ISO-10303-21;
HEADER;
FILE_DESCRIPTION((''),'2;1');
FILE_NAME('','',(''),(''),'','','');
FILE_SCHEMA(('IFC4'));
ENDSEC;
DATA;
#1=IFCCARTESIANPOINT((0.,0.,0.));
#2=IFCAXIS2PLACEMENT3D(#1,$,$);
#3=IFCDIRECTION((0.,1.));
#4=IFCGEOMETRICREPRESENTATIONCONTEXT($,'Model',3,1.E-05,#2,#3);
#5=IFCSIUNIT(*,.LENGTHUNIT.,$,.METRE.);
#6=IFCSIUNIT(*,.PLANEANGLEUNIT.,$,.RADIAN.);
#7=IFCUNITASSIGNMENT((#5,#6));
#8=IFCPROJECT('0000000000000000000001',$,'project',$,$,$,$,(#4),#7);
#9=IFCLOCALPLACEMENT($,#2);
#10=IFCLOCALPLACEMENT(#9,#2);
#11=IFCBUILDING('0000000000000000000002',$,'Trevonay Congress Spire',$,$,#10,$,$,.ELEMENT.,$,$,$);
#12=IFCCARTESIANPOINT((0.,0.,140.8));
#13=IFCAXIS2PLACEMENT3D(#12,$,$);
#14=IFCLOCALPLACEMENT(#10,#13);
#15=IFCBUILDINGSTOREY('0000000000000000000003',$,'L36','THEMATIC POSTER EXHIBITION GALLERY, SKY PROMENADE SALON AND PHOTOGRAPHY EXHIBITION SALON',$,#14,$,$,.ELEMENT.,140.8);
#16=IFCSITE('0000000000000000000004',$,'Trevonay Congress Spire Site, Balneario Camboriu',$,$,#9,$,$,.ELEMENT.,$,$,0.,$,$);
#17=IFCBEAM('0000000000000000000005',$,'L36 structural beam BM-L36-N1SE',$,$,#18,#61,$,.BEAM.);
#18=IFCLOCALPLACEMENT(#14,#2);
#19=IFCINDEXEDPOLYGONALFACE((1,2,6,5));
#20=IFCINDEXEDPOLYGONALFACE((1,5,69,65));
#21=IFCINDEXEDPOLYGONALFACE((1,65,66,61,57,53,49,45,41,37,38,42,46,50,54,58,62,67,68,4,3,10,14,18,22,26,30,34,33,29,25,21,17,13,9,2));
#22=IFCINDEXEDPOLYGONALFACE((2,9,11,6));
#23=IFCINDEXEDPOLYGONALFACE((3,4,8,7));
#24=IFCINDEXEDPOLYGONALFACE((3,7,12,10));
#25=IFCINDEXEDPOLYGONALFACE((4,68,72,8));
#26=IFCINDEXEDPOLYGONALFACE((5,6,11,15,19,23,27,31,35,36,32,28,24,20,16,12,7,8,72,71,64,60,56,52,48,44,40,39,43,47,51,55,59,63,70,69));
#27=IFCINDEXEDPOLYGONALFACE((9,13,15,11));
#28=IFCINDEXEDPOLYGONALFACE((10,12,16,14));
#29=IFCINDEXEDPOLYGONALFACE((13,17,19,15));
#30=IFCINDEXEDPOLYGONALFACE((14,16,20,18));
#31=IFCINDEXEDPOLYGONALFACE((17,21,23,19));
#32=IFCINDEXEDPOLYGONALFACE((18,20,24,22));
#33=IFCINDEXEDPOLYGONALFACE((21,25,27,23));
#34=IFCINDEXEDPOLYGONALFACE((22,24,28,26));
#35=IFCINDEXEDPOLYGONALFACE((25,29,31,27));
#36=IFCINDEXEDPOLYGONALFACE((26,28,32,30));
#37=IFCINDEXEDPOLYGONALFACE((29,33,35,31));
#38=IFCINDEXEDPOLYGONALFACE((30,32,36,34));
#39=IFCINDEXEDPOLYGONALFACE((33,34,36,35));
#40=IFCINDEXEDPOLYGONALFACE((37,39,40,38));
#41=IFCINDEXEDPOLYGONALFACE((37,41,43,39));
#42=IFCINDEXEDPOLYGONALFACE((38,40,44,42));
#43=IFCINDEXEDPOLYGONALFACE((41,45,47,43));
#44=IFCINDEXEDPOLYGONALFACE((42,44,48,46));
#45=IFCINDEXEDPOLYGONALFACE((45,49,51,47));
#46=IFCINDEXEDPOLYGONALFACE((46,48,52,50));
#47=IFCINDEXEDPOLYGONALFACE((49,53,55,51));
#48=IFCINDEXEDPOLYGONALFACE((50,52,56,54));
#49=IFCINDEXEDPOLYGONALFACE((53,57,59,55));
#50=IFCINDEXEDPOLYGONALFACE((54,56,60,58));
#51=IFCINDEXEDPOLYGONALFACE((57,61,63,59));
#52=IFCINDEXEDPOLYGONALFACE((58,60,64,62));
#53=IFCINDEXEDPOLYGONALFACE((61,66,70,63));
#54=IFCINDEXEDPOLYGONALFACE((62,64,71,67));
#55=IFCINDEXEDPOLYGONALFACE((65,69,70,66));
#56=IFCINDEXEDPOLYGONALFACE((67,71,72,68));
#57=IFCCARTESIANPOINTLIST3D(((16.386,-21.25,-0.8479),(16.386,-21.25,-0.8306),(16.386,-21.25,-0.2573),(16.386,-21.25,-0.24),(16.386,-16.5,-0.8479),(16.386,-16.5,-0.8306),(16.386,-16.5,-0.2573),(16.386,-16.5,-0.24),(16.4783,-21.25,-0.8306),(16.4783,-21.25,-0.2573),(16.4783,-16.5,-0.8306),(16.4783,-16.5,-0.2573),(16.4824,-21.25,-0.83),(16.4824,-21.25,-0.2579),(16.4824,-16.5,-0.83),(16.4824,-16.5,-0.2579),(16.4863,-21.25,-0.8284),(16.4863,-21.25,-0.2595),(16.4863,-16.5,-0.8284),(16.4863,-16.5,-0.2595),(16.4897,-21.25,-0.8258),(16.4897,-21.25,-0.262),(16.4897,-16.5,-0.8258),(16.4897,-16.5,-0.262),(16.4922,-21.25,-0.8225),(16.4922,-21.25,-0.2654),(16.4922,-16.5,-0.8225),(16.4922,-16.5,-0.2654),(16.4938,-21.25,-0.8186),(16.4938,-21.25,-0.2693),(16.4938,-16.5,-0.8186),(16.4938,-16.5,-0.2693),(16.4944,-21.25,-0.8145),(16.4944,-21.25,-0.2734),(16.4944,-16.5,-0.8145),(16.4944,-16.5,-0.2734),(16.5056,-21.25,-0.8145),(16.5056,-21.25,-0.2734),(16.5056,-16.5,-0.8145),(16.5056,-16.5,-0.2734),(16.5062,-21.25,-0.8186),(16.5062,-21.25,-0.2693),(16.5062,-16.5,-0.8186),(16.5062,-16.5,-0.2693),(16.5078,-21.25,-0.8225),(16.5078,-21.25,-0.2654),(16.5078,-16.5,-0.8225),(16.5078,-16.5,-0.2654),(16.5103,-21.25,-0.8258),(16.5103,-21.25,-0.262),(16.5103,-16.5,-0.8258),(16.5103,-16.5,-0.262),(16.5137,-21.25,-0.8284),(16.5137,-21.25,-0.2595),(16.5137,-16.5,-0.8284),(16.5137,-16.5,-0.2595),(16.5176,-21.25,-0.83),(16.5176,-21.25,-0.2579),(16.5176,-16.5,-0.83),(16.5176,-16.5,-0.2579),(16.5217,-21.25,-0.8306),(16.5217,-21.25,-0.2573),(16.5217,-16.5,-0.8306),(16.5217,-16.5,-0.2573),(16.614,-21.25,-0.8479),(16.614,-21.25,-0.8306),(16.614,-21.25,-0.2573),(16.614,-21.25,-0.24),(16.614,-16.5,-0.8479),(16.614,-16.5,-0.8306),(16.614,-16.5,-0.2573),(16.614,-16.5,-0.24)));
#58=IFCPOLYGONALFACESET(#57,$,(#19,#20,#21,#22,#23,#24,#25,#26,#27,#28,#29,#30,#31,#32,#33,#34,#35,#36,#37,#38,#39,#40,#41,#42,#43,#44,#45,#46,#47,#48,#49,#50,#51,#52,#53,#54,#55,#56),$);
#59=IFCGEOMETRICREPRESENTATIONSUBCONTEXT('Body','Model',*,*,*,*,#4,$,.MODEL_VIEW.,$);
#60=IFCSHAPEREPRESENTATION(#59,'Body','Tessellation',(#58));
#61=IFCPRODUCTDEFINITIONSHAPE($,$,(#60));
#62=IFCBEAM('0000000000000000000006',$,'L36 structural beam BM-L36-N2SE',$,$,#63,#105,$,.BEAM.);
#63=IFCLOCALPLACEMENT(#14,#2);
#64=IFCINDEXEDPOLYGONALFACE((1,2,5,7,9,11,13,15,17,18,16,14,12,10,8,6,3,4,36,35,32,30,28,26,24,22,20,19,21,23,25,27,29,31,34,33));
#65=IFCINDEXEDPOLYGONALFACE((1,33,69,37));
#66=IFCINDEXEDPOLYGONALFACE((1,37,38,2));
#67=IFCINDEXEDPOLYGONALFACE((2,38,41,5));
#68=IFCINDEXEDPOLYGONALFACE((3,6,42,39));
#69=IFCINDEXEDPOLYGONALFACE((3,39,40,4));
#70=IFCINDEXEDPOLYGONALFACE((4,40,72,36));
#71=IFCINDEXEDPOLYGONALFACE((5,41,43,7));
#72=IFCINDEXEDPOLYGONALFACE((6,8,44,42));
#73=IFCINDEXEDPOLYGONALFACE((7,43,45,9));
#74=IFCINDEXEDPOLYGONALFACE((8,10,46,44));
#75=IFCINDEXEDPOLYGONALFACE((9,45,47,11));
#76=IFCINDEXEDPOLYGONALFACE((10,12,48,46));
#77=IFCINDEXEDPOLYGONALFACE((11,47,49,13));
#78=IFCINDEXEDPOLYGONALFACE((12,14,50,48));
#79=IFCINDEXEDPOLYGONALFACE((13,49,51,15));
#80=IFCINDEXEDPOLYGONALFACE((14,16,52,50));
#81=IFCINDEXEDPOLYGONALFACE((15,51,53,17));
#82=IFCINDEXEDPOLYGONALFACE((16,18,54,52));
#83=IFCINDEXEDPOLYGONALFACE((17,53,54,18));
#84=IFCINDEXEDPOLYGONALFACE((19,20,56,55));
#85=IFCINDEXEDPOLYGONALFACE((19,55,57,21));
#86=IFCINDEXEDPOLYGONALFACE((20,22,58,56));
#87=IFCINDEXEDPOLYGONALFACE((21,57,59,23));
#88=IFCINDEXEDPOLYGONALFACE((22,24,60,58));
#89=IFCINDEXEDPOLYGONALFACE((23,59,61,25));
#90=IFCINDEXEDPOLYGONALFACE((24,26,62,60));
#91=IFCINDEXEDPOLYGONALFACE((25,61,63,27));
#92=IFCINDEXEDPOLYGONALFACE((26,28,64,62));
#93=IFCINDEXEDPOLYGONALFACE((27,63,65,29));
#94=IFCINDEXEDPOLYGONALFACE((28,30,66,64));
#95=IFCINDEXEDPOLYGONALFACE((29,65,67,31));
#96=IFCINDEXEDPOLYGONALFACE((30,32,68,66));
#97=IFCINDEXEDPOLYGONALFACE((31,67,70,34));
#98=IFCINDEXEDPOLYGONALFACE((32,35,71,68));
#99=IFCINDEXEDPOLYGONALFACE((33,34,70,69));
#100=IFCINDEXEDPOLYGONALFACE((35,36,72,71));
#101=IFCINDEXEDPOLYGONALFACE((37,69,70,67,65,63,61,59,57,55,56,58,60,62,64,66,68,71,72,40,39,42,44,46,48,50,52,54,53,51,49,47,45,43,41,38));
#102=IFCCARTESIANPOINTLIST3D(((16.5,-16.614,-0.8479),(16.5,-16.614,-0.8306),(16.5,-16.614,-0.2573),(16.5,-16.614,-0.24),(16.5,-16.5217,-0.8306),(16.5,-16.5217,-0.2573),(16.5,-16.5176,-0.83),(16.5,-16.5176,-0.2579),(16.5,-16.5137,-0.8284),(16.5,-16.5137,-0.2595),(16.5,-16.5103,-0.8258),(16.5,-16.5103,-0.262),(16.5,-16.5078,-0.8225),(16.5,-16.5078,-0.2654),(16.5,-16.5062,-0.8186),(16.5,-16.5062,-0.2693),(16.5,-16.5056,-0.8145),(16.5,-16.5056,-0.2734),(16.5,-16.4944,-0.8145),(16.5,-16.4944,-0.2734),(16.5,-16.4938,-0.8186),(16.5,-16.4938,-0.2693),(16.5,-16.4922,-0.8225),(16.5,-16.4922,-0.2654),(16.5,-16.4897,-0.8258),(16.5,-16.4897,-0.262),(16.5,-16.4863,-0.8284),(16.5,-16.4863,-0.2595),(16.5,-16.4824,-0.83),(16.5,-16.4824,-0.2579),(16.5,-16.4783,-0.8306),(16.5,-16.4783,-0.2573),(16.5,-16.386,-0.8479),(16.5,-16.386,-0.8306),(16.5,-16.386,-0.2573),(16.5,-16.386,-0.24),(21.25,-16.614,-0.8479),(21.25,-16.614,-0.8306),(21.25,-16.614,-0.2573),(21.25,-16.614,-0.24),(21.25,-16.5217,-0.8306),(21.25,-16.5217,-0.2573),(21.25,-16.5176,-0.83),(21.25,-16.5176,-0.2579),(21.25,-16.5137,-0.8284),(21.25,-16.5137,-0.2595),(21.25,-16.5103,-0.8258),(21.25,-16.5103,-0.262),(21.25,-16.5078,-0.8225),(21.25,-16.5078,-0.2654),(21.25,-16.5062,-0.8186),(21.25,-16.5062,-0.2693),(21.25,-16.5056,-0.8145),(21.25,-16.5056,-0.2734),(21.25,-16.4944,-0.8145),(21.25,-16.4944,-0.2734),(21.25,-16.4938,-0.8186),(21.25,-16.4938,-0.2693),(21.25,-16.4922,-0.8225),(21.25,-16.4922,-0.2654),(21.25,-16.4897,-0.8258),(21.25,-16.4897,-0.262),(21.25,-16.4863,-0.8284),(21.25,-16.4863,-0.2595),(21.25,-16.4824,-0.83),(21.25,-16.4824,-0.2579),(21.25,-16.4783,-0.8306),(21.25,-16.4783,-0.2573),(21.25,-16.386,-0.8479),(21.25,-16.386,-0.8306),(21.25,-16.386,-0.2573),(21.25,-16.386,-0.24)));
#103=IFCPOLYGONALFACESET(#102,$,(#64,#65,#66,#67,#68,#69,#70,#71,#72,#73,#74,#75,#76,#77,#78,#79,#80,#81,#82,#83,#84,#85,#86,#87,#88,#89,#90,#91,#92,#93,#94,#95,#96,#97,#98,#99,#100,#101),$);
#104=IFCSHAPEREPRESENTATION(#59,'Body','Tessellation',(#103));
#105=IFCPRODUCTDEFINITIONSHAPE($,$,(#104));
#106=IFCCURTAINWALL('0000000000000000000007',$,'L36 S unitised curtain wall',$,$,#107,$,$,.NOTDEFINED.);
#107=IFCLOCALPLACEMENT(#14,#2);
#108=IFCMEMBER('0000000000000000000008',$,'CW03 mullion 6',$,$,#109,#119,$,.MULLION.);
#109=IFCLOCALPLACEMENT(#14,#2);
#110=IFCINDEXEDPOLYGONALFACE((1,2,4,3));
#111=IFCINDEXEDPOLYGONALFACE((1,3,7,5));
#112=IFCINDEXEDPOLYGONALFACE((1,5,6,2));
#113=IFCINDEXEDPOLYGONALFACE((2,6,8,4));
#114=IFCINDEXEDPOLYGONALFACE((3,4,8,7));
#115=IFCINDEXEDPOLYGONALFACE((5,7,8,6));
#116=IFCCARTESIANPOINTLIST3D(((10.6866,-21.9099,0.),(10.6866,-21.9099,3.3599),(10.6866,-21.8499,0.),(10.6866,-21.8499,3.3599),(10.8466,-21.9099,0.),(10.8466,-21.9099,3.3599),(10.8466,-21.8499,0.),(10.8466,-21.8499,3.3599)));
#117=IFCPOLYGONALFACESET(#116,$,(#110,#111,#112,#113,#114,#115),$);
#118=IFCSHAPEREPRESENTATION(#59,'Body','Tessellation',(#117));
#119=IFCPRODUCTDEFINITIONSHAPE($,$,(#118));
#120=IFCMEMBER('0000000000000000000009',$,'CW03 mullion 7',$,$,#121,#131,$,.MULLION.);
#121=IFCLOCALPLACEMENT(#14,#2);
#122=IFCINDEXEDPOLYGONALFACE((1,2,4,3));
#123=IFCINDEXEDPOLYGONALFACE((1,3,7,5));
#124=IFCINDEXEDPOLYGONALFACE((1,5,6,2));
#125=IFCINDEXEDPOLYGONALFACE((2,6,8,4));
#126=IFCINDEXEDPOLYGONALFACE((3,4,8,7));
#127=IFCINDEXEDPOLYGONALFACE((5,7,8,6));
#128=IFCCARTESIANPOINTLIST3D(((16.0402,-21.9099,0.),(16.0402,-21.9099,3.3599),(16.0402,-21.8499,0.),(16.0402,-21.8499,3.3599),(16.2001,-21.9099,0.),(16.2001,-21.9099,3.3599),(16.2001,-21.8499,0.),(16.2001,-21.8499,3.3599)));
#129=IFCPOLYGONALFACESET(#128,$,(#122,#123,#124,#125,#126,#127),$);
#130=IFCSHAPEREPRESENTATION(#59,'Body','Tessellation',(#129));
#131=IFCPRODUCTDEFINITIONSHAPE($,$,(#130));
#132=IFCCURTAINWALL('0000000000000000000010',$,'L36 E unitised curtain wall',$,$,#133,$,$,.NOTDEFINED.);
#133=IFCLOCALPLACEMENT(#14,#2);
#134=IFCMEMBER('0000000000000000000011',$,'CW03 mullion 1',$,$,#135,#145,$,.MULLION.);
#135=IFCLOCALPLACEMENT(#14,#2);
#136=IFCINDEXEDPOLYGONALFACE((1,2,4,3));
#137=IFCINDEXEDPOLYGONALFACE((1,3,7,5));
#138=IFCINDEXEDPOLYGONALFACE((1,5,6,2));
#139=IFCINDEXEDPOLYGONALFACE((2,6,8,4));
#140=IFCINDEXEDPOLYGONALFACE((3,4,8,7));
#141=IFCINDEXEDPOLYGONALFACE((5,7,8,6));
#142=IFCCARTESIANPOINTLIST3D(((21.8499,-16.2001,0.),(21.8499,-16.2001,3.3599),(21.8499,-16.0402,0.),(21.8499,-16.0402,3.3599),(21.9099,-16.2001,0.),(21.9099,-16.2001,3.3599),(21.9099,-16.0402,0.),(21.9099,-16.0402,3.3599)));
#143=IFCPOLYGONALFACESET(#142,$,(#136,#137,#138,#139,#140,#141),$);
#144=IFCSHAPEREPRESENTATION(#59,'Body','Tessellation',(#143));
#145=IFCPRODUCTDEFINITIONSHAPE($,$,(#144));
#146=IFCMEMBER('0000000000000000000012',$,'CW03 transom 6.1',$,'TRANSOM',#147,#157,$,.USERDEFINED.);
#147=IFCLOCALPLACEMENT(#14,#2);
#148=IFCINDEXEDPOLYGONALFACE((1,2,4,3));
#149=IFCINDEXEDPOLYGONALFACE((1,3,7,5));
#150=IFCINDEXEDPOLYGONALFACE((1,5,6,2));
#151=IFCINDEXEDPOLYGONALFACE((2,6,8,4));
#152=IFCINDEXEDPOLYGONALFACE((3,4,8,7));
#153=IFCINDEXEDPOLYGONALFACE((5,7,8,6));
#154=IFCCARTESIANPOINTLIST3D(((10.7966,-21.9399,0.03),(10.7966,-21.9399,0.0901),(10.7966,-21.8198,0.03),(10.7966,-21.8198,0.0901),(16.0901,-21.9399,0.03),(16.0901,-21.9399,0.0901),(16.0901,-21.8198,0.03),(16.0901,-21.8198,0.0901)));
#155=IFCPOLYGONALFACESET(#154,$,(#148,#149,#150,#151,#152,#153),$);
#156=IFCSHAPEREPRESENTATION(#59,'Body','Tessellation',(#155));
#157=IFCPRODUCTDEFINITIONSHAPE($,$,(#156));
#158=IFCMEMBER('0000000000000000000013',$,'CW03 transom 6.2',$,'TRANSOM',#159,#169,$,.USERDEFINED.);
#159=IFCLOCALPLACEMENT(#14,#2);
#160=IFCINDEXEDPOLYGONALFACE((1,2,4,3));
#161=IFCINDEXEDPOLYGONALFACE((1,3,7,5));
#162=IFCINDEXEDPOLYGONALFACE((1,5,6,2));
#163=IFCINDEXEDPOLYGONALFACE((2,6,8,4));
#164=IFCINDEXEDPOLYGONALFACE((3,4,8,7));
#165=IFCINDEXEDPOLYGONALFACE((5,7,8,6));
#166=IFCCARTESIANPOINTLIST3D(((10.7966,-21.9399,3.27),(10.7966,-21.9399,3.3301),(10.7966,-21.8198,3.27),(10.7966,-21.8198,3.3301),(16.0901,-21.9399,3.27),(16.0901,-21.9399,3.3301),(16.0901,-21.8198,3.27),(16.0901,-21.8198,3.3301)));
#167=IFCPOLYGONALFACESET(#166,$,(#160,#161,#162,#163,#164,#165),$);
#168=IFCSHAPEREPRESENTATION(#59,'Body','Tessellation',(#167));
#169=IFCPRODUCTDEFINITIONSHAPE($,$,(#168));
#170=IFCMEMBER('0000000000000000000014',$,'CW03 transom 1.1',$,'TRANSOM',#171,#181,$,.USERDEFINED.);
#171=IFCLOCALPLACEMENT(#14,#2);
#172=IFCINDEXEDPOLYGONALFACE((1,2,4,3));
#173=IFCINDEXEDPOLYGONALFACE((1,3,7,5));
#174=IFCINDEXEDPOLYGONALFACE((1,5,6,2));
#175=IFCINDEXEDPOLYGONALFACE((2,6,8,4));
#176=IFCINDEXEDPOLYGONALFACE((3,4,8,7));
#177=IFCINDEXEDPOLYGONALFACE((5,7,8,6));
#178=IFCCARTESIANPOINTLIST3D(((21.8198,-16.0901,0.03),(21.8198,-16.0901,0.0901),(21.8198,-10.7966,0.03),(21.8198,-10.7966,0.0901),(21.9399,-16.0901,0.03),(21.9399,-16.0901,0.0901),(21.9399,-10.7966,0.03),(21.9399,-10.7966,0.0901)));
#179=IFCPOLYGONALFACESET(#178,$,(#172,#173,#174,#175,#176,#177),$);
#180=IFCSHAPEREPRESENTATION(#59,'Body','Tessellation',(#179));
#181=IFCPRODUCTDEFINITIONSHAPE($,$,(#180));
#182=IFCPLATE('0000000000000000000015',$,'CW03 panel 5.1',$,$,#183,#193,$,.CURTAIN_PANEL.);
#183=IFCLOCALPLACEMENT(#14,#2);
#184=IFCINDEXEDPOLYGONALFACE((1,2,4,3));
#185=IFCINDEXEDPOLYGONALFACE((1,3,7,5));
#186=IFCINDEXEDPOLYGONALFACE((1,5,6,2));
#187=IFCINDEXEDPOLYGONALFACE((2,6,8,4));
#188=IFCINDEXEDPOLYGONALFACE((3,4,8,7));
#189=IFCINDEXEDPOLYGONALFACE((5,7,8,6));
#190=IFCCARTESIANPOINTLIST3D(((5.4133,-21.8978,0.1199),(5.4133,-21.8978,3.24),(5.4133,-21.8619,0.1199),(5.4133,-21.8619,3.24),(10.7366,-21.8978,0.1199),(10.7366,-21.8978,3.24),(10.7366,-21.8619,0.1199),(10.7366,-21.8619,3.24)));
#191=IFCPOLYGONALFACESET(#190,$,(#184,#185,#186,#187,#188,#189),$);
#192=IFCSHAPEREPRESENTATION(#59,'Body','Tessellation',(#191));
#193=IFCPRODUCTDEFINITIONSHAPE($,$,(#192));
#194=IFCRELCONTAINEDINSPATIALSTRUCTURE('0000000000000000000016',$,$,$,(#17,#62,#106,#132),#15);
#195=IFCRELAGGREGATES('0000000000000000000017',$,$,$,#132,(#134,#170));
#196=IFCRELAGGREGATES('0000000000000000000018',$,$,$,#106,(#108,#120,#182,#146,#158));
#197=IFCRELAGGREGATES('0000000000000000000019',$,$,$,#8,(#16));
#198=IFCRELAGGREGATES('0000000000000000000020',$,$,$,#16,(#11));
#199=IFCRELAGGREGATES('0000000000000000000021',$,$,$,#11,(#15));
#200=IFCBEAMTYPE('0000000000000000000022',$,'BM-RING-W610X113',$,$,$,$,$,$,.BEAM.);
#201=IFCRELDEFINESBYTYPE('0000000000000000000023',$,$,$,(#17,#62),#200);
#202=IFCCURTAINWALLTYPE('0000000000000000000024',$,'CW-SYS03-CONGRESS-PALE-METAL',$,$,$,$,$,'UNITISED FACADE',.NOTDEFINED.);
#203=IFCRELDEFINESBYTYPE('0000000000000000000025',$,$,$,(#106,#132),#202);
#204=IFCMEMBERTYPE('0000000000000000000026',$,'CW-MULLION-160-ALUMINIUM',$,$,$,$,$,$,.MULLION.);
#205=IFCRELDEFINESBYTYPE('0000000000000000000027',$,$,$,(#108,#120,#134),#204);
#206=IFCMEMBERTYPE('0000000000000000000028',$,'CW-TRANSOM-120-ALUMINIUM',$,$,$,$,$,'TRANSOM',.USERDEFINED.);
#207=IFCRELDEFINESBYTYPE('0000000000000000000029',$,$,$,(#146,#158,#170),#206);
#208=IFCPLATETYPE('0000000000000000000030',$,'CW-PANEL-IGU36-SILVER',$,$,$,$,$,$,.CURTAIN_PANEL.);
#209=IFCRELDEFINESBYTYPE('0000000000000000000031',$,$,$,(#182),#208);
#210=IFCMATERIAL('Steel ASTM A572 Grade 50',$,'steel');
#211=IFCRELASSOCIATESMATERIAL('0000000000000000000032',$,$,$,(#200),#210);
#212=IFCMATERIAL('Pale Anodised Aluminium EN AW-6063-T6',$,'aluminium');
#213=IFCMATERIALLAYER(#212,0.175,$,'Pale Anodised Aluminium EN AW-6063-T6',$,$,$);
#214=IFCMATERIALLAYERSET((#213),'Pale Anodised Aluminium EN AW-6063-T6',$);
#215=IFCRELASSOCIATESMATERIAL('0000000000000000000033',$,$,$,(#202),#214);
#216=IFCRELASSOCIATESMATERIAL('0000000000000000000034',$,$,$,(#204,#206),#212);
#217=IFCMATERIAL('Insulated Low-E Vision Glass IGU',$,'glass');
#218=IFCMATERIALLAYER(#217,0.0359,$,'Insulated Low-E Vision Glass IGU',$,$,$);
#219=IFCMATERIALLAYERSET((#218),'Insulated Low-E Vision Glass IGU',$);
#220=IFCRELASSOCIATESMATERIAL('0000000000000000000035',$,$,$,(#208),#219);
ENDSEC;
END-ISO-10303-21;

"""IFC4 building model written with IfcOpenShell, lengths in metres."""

from ifc_helpers import new_model, si_unit, direction, frame, origin, origin_2d, place, context, subcontext, project, spatial, rectangle, i_section, extrude, material, layer, layer_set, material_profile, profile_set, type_object, element, aggregate, save


model = new_model("IFC4")

# Units and contexts
model_context = context("Model", 3, precision=1e-05, world=origin(), true_north=direction((0.0, 1.0)))
body_context = subcontext(model_context, "Body", "Model", "MODEL_VIEW")
ifc_project = project(units=[si_unit("LENGTHUNIT", "METRE"), si_unit("PLANEANGLEUNIT", "RADIAN")], contexts=[model_context])

# Site, building, storey
site_placement = place(None, origin())
site = spatial("IfcSite", under=ifc_project, at=site_placement, Name="Trevonay Congress Spire Site, Balneario Camboriu", CompositionType="ELEMENT", RefElevation=0.0)
building_placement = place(site_placement, origin())
building = spatial("IfcBuilding", under=site, at=building_placement, Name="Trevonay Congress Spire", CompositionType="ELEMENT")
storey_placement = place(building_placement, frame((0.0, 0.0, 140.8)))
storey = spatial("IfcBuildingStorey", under=building, at=storey_placement, Name="L36", Description="THEMATIC POSTER EXHIBITION GALLERY, SKY PROMENADE SALON AND PHOTOGRAPHY EXHIBITION SALON", CompositionType="ELEMENT", Elevation=140.8)

# Shared definitions
ifc_material_1 = material(Name="Steel ASTM A572 Grade 50", Category="steel")

# Beams
ifc_material_profile_1 = material_profile(ifc_material_1, i_section(OverallWidth=0.228, OverallDepth=0.6079, WebThickness=0.0112, FlangeThickness=0.0173, FilletRadius=0.0161, at=origin_2d()), Name="W610x113")
ifc_profile_set_1 = profile_set([ifc_material_profile_1], Name="Steel ASTM A572 Grade 50")
beam_type = type_object("IfcBeamType", Name="BM-RING-W610X113", PredefinedType="BEAM", material=ifc_profile_set_1)
for number, where, z_axis, x_axis, name in (
    (1, (16.5, -21.25, -0.5439), (0.0, 1.0, 0.0), (-1.0, 0.0, 0.0), "L36 structural beam BM-L36-N1SE"),
    (2, (21.25, -16.5, -0.5439), (-1.0, 0.0, 0.0), (0.0, -1.0, 0.0), "L36 structural beam BM-L36-N2SE"),
):
    element("IfcBeam", number, at=place(storey_placement, frame(where, z_axis=z_axis, x_axis=x_axis)), inside=storey, type_object=beam_type, Name=name, PredefinedType="BEAM", context=body_context, shape_type="SweptSolid", body=[
        extrude(i_section(OverallWidth=0.228, OverallDepth=0.6079, WebThickness=0.0112, FlangeThickness=0.0173, FilletRadius=0.0161, at=origin_2d()), origin(), (0.0, 0.0, 1.0), 4.75),
    ])

# Curtain wall, members
ifc_material_2 = material(Name="Pale Anodised Aluminium EN AW-6063-T6", Category="aluminium")
ifc_layer_1 = layer(ifc_material_2, 0.175, Name="Pale Anodised Aluminium EN AW-6063-T6")
ifc_layer_set_1 = layer_set([ifc_layer_1], Name="Pale Anodised Aluminium EN AW-6063-T6")
curtain_wall_type = type_object("IfcCurtainWallType", Name="CW-SYS03-CONGRESS-PALE-METAL", ElementType="UNITISED FACADE", PredefinedType="NOTDEFINED", material=ifc_layer_set_1)
curtain_wall_1_placement = place(storey_placement, origin())
curtain_wall_1 = element("IfcCurtainWall", 3, at=curtain_wall_1_placement, inside=storey, type_object=curtain_wall_type, Name="L36 S unitised curtain wall", PredefinedType="NOTDEFINED")
ifc_material_profile_2 = material_profile(ifc_material_2, rectangle(XDim=0.0601, YDim=0.1599, at=origin_2d()), Name="CW-MULLION-160-ALUMINIUM")
ifc_profile_set_2 = profile_set([ifc_material_profile_2], Name="Pale Anodised Aluminium EN AW-6063-T6")
member_type_1 = type_object("IfcMemberType", Name="CW-MULLION-160-ALUMINIUM", PredefinedType="MULLION", material=ifc_profile_set_2)
member_1_placement = place(storey_placement, frame((10.7666, -21.8799, 0.0), z_axis=(0.0, 0.0, 1.0), x_axis=(0.0, 1.0, 0.0)))
member_1 = element("IfcMember", 4, at=member_1_placement, type_object=member_type_1, Name="CW03 mullion 6", PredefinedType="MULLION", context=body_context, shape_type="SweptSolid", body=[
    extrude(rectangle(XDim=0.0601, YDim=0.1599, at=origin_2d()), origin(), (0.0, 0.0, 1.0), 3.3599),
])
member_2_placement = place(storey_placement, frame((16.1201, -21.8799, 0.0), z_axis=(0.0, 0.0, 1.0), x_axis=(0.0, 1.0, 0.0)))
member_2 = element("IfcMember", 5, at=member_2_placement, type_object=member_type_1, Name="CW03 mullion 7", PredefinedType="MULLION", context=body_context, shape_type="SweptSolid", body=[
    extrude(rectangle(XDim=0.0601, YDim=0.1599, at=origin_2d()), origin(), (0.0, 0.0, 1.0), 3.3599),
])

# Curtain wall, member
curtain_wall_2_placement = place(storey_placement, origin())
curtain_wall_2 = element("IfcCurtainWall", 6, at=curtain_wall_2_placement, inside=storey, type_object=curtain_wall_type, Name="L36 E unitised curtain wall", PredefinedType="NOTDEFINED")
member_3_placement = place(storey_placement, frame((21.8799, -16.1201, 0.0), z_axis=(0.0, 0.0, 1.0), x_axis=(-1.0, 0.0, 0.0)))
member_3 = element("IfcMember", 7, at=member_3_placement, type_object=member_type_1, Name="CW03 mullion 1", PredefinedType="MULLION", context=body_context, shape_type="SweptSolid", body=[
    extrude(rectangle(XDim=0.0601, YDim=0.1599, at=origin_2d()), origin(), (0.0, 0.0, 1.0), 3.3599),
])

# Members
ifc_material_profile_3 = material_profile(ifc_material_2, rectangle(XDim=0.1201, YDim=0.0601, at=origin_2d()), Name="CW-TRANSOM-120-ALUMINIUM")
ifc_profile_set_3 = profile_set([ifc_material_profile_3], Name="Pale Anodised Aluminium EN AW-6063-T6")
member_type_2 = type_object("IfcMemberType", Name="CW-TRANSOM-120-ALUMINIUM", ElementType="TRANSOM", PredefinedType="USERDEFINED", material=ifc_profile_set_3)
member_4_placement = place(storey_placement, frame((10.7966, -21.8799, 0.0601), z_axis=(1.0, 0.0, 0.0), x_axis=(0.0, 1.0, 0.0)))
member_4 = element("IfcMember", 8, at=member_4_placement, type_object=member_type_2, Name="CW03 transom 6.1", ObjectType="TRANSOM", PredefinedType="USERDEFINED", context=body_context, shape_type="SweptSolid", body=[
    extrude(rectangle(XDim=0.1201, YDim=0.0601, at=origin_2d()), origin(), (0.0, 0.0, 1.0), 5.2935),
])
member_5_placement = place(storey_placement, frame((10.7966, -21.8799, 3.3), z_axis=(1.0, 0.0, 0.0), x_axis=(0.0, 1.0, 0.0)))
member_5 = element("IfcMember", 9, at=member_5_placement, type_object=member_type_2, Name="CW03 transom 6.2", ObjectType="TRANSOM", PredefinedType="USERDEFINED", context=body_context, shape_type="SweptSolid", body=[
    extrude(rectangle(XDim=0.1201, YDim=0.0601, at=origin_2d()), origin(), (0.0, 0.0, 1.0), 5.2935),
])
member_6_placement = place(storey_placement, frame((21.8799, -16.0901, 0.0601), z_axis=(0.0, 1.0, 0.0), x_axis=(-1.0, 0.0, 0.0)))
member_6 = element("IfcMember", 10, at=member_6_placement, type_object=member_type_2, Name="CW03 transom 1.1", ObjectType="TRANSOM", PredefinedType="USERDEFINED", context=body_context, shape_type="SweptSolid", body=[
    extrude(rectangle(XDim=0.1201, YDim=0.0601, at=origin_2d()), origin(), (0.0, 0.0, 1.0), 5.2935),
])
aggregate(curtain_wall_2, [member_3, member_6])

# Plate
ifc_material_3 = material(Name="Insulated Low-E Vision Glass IGU", Category="glass")
ifc_layer_2 = layer(ifc_material_3, 0.0359, Name="Insulated Low-E Vision Glass IGU")
ifc_layer_set_2 = layer_set([ifc_layer_2], Name="Insulated Low-E Vision Glass IGU")
plate_type = type_object("IfcPlateType", Name="CW-PANEL-IGU36-SILVER", PredefinedType="CURTAIN_PANEL", material=ifc_layer_set_2)
plate_1_placement = place(storey_placement, frame((8.075, -21.8799, 0.1199), z_axis=(0.0, 0.0, 1.0), x_axis=(1.0, 0.0, 0.0)))
plate_1 = element("IfcPlate", 11, at=plate_1_placement, type_object=plate_type, Name="CW03 panel 5.1", PredefinedType="CURTAIN_PANEL", context=body_context, shape_type="SweptSolid", body=[
    extrude(rectangle(XDim=5.3232, YDim=0.0359, at=origin_2d()), origin(), (0.0, 0.0, 1.0), 3.1201),
])
aggregate(curtain_wall_1, [member_1, member_2, plate_1, member_4, member_5])

save(model, "model.ifc")
